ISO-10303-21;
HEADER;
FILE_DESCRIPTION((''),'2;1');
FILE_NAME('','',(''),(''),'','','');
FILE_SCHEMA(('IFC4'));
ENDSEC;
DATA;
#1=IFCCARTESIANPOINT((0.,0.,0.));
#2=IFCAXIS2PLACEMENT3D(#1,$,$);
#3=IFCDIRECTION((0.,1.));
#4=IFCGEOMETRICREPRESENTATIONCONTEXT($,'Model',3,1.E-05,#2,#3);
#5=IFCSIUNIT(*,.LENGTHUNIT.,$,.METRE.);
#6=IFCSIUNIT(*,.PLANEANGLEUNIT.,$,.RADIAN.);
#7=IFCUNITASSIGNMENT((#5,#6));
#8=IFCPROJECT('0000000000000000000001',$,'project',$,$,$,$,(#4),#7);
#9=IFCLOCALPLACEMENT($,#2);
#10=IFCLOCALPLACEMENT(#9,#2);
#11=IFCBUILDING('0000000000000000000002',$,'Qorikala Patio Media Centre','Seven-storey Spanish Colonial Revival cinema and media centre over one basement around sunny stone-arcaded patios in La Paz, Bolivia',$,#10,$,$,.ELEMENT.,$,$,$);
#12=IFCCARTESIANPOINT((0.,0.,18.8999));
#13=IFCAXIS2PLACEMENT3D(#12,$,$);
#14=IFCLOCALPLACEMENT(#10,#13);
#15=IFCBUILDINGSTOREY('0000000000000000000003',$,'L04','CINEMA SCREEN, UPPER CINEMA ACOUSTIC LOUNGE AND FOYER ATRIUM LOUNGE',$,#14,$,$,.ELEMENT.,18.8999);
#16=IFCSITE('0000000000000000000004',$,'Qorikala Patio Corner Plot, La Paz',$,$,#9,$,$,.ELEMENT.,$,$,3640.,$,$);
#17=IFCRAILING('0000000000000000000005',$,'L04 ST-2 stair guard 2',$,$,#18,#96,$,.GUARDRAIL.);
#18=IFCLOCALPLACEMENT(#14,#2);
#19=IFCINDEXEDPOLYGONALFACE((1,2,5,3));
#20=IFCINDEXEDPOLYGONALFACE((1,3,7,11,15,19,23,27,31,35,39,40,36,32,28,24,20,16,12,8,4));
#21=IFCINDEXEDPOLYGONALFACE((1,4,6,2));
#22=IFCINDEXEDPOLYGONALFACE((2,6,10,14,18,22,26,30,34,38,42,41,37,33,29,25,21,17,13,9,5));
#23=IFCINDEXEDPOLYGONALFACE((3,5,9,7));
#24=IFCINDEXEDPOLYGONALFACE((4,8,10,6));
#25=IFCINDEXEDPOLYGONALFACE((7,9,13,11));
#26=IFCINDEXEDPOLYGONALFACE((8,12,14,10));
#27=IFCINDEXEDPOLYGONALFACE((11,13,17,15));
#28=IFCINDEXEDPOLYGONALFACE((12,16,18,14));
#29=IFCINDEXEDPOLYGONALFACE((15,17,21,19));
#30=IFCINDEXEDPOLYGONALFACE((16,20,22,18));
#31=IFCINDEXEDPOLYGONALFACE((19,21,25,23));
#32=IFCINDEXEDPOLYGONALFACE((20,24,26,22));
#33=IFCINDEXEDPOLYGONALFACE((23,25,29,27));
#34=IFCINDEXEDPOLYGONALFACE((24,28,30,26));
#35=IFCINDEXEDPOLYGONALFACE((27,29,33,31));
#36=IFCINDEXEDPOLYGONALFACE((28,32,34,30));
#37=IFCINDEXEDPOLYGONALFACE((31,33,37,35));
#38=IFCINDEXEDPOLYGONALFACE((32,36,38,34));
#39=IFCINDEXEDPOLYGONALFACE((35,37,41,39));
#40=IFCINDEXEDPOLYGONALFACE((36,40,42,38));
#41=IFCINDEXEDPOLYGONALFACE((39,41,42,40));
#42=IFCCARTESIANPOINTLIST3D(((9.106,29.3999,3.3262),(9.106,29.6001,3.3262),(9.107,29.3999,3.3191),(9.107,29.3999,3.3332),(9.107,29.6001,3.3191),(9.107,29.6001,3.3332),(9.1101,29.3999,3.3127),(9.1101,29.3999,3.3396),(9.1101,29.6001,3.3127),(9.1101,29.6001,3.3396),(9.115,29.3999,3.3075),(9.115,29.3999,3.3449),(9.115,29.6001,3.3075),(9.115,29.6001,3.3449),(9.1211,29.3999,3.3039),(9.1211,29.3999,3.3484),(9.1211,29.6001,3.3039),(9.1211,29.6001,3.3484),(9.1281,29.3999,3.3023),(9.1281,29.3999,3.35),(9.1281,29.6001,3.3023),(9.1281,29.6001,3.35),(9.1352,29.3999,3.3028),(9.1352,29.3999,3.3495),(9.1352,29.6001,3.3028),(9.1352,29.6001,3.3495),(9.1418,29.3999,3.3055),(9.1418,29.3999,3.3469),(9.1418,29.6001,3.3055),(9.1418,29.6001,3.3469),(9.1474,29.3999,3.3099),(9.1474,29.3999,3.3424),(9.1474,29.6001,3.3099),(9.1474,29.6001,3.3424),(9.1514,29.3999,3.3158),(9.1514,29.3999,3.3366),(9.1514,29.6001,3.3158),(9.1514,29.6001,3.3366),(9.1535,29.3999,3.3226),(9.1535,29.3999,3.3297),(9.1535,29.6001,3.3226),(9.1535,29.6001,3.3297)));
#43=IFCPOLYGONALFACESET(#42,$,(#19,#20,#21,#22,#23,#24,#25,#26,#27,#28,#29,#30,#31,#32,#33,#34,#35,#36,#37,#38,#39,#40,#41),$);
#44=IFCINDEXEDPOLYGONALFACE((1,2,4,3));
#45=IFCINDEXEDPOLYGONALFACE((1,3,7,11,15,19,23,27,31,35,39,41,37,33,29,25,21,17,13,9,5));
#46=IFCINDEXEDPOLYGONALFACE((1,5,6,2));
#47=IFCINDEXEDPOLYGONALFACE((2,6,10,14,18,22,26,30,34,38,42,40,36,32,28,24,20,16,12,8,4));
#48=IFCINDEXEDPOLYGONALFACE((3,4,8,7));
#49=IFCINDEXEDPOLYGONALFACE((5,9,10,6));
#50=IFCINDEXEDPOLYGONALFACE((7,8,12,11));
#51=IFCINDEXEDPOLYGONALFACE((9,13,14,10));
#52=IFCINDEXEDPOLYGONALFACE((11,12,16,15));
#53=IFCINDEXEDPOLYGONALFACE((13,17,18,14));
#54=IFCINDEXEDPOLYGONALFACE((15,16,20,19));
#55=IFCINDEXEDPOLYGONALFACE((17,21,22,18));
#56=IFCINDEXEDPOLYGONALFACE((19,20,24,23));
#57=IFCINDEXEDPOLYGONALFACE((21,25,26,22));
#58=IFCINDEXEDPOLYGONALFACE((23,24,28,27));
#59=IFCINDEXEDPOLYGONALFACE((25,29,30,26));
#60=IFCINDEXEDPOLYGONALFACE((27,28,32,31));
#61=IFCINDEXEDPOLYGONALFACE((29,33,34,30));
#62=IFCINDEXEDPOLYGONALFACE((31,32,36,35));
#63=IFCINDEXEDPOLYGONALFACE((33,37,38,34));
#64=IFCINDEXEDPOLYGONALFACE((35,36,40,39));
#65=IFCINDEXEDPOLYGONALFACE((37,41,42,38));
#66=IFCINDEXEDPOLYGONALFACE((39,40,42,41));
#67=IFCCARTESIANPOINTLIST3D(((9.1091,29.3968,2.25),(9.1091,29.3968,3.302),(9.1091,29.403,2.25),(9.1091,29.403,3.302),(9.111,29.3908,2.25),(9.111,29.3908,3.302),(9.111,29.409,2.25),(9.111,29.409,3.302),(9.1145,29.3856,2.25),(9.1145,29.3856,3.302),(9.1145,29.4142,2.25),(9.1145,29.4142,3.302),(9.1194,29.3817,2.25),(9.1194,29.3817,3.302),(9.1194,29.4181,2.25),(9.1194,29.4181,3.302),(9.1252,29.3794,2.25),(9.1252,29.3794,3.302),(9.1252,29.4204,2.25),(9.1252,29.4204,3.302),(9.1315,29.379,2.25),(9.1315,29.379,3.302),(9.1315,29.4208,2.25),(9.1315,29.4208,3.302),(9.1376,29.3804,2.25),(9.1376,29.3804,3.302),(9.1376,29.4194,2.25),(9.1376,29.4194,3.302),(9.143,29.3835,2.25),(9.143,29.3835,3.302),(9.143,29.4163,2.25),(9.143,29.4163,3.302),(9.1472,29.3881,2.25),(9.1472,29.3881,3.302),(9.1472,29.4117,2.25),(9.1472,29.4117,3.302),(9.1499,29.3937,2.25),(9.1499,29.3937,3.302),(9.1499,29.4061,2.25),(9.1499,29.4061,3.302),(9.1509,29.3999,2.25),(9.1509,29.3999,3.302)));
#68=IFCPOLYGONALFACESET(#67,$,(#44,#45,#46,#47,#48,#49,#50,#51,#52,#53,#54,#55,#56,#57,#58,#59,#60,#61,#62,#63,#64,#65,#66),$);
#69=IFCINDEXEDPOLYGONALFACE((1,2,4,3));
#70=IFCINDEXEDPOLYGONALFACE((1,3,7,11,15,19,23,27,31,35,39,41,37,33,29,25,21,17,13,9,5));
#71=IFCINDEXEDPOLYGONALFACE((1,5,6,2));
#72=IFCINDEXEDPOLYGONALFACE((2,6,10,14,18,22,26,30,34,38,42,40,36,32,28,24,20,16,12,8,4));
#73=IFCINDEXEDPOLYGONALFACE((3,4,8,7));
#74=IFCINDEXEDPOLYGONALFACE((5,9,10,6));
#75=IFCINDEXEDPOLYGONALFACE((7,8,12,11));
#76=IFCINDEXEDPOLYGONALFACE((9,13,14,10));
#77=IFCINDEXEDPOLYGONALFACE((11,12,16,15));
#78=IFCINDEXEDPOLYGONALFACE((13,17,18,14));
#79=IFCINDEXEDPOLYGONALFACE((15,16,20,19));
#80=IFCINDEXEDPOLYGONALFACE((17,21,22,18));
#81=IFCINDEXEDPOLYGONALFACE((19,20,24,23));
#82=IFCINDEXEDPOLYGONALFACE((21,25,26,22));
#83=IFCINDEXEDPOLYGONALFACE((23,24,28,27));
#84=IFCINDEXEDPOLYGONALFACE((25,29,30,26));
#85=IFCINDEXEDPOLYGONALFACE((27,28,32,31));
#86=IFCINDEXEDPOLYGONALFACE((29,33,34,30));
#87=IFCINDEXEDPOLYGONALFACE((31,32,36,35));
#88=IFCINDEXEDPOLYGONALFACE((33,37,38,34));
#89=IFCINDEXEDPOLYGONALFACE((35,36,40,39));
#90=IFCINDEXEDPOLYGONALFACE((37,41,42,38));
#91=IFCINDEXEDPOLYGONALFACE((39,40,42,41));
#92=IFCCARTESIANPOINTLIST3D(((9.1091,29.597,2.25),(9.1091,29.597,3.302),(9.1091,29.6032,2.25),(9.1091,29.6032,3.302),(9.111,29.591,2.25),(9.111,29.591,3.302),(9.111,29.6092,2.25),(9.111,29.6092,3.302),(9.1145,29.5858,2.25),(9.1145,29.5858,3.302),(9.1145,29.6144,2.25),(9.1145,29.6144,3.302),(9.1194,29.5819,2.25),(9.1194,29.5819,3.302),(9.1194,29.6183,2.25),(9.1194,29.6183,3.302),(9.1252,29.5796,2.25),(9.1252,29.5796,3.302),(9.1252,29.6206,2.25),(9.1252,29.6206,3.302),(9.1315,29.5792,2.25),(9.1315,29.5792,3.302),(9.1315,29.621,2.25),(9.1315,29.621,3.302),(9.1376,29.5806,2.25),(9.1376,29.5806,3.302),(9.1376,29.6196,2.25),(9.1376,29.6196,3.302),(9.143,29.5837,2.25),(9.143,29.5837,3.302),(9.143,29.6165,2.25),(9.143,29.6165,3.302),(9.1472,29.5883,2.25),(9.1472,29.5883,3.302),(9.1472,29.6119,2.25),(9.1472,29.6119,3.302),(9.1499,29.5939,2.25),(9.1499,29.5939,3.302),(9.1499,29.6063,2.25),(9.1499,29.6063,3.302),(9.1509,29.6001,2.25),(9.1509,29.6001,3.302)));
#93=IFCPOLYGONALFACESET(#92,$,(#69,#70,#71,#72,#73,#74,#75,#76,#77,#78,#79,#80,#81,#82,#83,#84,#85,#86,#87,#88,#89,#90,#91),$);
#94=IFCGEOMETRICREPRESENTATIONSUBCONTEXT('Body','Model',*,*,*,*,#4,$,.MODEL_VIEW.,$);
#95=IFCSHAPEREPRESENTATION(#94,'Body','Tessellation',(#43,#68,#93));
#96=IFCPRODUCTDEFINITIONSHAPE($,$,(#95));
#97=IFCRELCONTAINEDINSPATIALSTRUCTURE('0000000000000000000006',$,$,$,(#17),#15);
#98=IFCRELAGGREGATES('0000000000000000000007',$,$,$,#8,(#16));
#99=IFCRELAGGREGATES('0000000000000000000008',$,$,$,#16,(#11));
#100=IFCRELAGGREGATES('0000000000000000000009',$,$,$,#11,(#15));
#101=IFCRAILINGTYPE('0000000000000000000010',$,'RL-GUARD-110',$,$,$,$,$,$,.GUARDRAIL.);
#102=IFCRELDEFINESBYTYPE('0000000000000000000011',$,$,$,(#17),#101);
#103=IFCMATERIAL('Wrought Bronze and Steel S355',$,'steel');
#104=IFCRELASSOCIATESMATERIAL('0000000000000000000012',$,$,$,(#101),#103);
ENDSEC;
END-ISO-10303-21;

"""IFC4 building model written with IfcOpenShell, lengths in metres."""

from ifc_helpers import new_model, si_unit, direction, frame, origin, origin_2d, place, context, subcontext, project, spatial, circle, extrude, material, type_object, element, save


model = new_model("IFC4")

# Units and contexts
model_context = context("Model", 3, precision=1e-05, world=origin(), true_north=direction((0.0, 1.0)))
body_context = subcontext(model_context, "Body", "Model", "MODEL_VIEW")
ifc_project = project(units=[si_unit("LENGTHUNIT", "METRE"), si_unit("PLANEANGLEUNIT", "RADIAN")], contexts=[model_context])

# Site, building, storey
site_placement = place(None, origin())
site = spatial("IfcSite", under=ifc_project, at=site_placement, Name="Qorikala Patio Corner Plot, La Paz", CompositionType="ELEMENT", RefElevation=3640.0)
building_placement = place(site_placement, origin())
building = spatial("IfcBuilding", under=site, at=building_placement, Name="Qorikala Patio Media Centre", Description="Seven-storey Spanish Colonial Revival cinema and media centre over one basement around sunny stone-arcaded patios in La Paz, Bolivia", CompositionType="ELEMENT")
storey_placement = place(building_placement, frame((0.0, 0.0, 18.8999)))
storey = spatial("IfcBuildingStorey", under=building, at=storey_placement, Name="L04", Description="CINEMA SCREEN, UPPER CINEMA ACOUSTIC LOUNGE AND FOYER ATRIUM LOUNGE", CompositionType="ELEMENT", Elevation=18.8999)

# Railing
ifc_material_1 = material(Name="Wrought Bronze and Steel S355", Category="steel")
railing_type_1 = type_object("IfcRailingType", Name="RL-GUARD-110", PredefinedType="GUARDRAIL", material=ifc_material_1)
railing_1_placement = place(storey_placement, frame((9.1299, 29.3999, 2.25)))
element("IfcRailing", 1, at=railing_1_placement, inside=storey, type_object=railing_type_1, Name="L04 ST-2 stair guard 2", PredefinedType="GUARDRAIL", context=body_context, shape_type="SweptSolid", body=[
    extrude(circle(Radius=0.0239, at=origin_2d()), frame((0.0, 0.0, 1.0762), z_axis=(0.0, 1.0, 0.0), x_axis=(-1.0, 0.0, 0.0)), (0.0, 0.0, 1.0), 0.2002),
    extrude(circle(Radius=0.021, at=origin_2d()), origin(), (0.0, 0.0, 1.0), 1.052),
    extrude(circle(Radius=0.021, at=origin_2d()), frame((0.0, 0.2002, 0.0)), (0.0, 0.0, 1.0), 1.052),
])

save(model, "model.ifc")
